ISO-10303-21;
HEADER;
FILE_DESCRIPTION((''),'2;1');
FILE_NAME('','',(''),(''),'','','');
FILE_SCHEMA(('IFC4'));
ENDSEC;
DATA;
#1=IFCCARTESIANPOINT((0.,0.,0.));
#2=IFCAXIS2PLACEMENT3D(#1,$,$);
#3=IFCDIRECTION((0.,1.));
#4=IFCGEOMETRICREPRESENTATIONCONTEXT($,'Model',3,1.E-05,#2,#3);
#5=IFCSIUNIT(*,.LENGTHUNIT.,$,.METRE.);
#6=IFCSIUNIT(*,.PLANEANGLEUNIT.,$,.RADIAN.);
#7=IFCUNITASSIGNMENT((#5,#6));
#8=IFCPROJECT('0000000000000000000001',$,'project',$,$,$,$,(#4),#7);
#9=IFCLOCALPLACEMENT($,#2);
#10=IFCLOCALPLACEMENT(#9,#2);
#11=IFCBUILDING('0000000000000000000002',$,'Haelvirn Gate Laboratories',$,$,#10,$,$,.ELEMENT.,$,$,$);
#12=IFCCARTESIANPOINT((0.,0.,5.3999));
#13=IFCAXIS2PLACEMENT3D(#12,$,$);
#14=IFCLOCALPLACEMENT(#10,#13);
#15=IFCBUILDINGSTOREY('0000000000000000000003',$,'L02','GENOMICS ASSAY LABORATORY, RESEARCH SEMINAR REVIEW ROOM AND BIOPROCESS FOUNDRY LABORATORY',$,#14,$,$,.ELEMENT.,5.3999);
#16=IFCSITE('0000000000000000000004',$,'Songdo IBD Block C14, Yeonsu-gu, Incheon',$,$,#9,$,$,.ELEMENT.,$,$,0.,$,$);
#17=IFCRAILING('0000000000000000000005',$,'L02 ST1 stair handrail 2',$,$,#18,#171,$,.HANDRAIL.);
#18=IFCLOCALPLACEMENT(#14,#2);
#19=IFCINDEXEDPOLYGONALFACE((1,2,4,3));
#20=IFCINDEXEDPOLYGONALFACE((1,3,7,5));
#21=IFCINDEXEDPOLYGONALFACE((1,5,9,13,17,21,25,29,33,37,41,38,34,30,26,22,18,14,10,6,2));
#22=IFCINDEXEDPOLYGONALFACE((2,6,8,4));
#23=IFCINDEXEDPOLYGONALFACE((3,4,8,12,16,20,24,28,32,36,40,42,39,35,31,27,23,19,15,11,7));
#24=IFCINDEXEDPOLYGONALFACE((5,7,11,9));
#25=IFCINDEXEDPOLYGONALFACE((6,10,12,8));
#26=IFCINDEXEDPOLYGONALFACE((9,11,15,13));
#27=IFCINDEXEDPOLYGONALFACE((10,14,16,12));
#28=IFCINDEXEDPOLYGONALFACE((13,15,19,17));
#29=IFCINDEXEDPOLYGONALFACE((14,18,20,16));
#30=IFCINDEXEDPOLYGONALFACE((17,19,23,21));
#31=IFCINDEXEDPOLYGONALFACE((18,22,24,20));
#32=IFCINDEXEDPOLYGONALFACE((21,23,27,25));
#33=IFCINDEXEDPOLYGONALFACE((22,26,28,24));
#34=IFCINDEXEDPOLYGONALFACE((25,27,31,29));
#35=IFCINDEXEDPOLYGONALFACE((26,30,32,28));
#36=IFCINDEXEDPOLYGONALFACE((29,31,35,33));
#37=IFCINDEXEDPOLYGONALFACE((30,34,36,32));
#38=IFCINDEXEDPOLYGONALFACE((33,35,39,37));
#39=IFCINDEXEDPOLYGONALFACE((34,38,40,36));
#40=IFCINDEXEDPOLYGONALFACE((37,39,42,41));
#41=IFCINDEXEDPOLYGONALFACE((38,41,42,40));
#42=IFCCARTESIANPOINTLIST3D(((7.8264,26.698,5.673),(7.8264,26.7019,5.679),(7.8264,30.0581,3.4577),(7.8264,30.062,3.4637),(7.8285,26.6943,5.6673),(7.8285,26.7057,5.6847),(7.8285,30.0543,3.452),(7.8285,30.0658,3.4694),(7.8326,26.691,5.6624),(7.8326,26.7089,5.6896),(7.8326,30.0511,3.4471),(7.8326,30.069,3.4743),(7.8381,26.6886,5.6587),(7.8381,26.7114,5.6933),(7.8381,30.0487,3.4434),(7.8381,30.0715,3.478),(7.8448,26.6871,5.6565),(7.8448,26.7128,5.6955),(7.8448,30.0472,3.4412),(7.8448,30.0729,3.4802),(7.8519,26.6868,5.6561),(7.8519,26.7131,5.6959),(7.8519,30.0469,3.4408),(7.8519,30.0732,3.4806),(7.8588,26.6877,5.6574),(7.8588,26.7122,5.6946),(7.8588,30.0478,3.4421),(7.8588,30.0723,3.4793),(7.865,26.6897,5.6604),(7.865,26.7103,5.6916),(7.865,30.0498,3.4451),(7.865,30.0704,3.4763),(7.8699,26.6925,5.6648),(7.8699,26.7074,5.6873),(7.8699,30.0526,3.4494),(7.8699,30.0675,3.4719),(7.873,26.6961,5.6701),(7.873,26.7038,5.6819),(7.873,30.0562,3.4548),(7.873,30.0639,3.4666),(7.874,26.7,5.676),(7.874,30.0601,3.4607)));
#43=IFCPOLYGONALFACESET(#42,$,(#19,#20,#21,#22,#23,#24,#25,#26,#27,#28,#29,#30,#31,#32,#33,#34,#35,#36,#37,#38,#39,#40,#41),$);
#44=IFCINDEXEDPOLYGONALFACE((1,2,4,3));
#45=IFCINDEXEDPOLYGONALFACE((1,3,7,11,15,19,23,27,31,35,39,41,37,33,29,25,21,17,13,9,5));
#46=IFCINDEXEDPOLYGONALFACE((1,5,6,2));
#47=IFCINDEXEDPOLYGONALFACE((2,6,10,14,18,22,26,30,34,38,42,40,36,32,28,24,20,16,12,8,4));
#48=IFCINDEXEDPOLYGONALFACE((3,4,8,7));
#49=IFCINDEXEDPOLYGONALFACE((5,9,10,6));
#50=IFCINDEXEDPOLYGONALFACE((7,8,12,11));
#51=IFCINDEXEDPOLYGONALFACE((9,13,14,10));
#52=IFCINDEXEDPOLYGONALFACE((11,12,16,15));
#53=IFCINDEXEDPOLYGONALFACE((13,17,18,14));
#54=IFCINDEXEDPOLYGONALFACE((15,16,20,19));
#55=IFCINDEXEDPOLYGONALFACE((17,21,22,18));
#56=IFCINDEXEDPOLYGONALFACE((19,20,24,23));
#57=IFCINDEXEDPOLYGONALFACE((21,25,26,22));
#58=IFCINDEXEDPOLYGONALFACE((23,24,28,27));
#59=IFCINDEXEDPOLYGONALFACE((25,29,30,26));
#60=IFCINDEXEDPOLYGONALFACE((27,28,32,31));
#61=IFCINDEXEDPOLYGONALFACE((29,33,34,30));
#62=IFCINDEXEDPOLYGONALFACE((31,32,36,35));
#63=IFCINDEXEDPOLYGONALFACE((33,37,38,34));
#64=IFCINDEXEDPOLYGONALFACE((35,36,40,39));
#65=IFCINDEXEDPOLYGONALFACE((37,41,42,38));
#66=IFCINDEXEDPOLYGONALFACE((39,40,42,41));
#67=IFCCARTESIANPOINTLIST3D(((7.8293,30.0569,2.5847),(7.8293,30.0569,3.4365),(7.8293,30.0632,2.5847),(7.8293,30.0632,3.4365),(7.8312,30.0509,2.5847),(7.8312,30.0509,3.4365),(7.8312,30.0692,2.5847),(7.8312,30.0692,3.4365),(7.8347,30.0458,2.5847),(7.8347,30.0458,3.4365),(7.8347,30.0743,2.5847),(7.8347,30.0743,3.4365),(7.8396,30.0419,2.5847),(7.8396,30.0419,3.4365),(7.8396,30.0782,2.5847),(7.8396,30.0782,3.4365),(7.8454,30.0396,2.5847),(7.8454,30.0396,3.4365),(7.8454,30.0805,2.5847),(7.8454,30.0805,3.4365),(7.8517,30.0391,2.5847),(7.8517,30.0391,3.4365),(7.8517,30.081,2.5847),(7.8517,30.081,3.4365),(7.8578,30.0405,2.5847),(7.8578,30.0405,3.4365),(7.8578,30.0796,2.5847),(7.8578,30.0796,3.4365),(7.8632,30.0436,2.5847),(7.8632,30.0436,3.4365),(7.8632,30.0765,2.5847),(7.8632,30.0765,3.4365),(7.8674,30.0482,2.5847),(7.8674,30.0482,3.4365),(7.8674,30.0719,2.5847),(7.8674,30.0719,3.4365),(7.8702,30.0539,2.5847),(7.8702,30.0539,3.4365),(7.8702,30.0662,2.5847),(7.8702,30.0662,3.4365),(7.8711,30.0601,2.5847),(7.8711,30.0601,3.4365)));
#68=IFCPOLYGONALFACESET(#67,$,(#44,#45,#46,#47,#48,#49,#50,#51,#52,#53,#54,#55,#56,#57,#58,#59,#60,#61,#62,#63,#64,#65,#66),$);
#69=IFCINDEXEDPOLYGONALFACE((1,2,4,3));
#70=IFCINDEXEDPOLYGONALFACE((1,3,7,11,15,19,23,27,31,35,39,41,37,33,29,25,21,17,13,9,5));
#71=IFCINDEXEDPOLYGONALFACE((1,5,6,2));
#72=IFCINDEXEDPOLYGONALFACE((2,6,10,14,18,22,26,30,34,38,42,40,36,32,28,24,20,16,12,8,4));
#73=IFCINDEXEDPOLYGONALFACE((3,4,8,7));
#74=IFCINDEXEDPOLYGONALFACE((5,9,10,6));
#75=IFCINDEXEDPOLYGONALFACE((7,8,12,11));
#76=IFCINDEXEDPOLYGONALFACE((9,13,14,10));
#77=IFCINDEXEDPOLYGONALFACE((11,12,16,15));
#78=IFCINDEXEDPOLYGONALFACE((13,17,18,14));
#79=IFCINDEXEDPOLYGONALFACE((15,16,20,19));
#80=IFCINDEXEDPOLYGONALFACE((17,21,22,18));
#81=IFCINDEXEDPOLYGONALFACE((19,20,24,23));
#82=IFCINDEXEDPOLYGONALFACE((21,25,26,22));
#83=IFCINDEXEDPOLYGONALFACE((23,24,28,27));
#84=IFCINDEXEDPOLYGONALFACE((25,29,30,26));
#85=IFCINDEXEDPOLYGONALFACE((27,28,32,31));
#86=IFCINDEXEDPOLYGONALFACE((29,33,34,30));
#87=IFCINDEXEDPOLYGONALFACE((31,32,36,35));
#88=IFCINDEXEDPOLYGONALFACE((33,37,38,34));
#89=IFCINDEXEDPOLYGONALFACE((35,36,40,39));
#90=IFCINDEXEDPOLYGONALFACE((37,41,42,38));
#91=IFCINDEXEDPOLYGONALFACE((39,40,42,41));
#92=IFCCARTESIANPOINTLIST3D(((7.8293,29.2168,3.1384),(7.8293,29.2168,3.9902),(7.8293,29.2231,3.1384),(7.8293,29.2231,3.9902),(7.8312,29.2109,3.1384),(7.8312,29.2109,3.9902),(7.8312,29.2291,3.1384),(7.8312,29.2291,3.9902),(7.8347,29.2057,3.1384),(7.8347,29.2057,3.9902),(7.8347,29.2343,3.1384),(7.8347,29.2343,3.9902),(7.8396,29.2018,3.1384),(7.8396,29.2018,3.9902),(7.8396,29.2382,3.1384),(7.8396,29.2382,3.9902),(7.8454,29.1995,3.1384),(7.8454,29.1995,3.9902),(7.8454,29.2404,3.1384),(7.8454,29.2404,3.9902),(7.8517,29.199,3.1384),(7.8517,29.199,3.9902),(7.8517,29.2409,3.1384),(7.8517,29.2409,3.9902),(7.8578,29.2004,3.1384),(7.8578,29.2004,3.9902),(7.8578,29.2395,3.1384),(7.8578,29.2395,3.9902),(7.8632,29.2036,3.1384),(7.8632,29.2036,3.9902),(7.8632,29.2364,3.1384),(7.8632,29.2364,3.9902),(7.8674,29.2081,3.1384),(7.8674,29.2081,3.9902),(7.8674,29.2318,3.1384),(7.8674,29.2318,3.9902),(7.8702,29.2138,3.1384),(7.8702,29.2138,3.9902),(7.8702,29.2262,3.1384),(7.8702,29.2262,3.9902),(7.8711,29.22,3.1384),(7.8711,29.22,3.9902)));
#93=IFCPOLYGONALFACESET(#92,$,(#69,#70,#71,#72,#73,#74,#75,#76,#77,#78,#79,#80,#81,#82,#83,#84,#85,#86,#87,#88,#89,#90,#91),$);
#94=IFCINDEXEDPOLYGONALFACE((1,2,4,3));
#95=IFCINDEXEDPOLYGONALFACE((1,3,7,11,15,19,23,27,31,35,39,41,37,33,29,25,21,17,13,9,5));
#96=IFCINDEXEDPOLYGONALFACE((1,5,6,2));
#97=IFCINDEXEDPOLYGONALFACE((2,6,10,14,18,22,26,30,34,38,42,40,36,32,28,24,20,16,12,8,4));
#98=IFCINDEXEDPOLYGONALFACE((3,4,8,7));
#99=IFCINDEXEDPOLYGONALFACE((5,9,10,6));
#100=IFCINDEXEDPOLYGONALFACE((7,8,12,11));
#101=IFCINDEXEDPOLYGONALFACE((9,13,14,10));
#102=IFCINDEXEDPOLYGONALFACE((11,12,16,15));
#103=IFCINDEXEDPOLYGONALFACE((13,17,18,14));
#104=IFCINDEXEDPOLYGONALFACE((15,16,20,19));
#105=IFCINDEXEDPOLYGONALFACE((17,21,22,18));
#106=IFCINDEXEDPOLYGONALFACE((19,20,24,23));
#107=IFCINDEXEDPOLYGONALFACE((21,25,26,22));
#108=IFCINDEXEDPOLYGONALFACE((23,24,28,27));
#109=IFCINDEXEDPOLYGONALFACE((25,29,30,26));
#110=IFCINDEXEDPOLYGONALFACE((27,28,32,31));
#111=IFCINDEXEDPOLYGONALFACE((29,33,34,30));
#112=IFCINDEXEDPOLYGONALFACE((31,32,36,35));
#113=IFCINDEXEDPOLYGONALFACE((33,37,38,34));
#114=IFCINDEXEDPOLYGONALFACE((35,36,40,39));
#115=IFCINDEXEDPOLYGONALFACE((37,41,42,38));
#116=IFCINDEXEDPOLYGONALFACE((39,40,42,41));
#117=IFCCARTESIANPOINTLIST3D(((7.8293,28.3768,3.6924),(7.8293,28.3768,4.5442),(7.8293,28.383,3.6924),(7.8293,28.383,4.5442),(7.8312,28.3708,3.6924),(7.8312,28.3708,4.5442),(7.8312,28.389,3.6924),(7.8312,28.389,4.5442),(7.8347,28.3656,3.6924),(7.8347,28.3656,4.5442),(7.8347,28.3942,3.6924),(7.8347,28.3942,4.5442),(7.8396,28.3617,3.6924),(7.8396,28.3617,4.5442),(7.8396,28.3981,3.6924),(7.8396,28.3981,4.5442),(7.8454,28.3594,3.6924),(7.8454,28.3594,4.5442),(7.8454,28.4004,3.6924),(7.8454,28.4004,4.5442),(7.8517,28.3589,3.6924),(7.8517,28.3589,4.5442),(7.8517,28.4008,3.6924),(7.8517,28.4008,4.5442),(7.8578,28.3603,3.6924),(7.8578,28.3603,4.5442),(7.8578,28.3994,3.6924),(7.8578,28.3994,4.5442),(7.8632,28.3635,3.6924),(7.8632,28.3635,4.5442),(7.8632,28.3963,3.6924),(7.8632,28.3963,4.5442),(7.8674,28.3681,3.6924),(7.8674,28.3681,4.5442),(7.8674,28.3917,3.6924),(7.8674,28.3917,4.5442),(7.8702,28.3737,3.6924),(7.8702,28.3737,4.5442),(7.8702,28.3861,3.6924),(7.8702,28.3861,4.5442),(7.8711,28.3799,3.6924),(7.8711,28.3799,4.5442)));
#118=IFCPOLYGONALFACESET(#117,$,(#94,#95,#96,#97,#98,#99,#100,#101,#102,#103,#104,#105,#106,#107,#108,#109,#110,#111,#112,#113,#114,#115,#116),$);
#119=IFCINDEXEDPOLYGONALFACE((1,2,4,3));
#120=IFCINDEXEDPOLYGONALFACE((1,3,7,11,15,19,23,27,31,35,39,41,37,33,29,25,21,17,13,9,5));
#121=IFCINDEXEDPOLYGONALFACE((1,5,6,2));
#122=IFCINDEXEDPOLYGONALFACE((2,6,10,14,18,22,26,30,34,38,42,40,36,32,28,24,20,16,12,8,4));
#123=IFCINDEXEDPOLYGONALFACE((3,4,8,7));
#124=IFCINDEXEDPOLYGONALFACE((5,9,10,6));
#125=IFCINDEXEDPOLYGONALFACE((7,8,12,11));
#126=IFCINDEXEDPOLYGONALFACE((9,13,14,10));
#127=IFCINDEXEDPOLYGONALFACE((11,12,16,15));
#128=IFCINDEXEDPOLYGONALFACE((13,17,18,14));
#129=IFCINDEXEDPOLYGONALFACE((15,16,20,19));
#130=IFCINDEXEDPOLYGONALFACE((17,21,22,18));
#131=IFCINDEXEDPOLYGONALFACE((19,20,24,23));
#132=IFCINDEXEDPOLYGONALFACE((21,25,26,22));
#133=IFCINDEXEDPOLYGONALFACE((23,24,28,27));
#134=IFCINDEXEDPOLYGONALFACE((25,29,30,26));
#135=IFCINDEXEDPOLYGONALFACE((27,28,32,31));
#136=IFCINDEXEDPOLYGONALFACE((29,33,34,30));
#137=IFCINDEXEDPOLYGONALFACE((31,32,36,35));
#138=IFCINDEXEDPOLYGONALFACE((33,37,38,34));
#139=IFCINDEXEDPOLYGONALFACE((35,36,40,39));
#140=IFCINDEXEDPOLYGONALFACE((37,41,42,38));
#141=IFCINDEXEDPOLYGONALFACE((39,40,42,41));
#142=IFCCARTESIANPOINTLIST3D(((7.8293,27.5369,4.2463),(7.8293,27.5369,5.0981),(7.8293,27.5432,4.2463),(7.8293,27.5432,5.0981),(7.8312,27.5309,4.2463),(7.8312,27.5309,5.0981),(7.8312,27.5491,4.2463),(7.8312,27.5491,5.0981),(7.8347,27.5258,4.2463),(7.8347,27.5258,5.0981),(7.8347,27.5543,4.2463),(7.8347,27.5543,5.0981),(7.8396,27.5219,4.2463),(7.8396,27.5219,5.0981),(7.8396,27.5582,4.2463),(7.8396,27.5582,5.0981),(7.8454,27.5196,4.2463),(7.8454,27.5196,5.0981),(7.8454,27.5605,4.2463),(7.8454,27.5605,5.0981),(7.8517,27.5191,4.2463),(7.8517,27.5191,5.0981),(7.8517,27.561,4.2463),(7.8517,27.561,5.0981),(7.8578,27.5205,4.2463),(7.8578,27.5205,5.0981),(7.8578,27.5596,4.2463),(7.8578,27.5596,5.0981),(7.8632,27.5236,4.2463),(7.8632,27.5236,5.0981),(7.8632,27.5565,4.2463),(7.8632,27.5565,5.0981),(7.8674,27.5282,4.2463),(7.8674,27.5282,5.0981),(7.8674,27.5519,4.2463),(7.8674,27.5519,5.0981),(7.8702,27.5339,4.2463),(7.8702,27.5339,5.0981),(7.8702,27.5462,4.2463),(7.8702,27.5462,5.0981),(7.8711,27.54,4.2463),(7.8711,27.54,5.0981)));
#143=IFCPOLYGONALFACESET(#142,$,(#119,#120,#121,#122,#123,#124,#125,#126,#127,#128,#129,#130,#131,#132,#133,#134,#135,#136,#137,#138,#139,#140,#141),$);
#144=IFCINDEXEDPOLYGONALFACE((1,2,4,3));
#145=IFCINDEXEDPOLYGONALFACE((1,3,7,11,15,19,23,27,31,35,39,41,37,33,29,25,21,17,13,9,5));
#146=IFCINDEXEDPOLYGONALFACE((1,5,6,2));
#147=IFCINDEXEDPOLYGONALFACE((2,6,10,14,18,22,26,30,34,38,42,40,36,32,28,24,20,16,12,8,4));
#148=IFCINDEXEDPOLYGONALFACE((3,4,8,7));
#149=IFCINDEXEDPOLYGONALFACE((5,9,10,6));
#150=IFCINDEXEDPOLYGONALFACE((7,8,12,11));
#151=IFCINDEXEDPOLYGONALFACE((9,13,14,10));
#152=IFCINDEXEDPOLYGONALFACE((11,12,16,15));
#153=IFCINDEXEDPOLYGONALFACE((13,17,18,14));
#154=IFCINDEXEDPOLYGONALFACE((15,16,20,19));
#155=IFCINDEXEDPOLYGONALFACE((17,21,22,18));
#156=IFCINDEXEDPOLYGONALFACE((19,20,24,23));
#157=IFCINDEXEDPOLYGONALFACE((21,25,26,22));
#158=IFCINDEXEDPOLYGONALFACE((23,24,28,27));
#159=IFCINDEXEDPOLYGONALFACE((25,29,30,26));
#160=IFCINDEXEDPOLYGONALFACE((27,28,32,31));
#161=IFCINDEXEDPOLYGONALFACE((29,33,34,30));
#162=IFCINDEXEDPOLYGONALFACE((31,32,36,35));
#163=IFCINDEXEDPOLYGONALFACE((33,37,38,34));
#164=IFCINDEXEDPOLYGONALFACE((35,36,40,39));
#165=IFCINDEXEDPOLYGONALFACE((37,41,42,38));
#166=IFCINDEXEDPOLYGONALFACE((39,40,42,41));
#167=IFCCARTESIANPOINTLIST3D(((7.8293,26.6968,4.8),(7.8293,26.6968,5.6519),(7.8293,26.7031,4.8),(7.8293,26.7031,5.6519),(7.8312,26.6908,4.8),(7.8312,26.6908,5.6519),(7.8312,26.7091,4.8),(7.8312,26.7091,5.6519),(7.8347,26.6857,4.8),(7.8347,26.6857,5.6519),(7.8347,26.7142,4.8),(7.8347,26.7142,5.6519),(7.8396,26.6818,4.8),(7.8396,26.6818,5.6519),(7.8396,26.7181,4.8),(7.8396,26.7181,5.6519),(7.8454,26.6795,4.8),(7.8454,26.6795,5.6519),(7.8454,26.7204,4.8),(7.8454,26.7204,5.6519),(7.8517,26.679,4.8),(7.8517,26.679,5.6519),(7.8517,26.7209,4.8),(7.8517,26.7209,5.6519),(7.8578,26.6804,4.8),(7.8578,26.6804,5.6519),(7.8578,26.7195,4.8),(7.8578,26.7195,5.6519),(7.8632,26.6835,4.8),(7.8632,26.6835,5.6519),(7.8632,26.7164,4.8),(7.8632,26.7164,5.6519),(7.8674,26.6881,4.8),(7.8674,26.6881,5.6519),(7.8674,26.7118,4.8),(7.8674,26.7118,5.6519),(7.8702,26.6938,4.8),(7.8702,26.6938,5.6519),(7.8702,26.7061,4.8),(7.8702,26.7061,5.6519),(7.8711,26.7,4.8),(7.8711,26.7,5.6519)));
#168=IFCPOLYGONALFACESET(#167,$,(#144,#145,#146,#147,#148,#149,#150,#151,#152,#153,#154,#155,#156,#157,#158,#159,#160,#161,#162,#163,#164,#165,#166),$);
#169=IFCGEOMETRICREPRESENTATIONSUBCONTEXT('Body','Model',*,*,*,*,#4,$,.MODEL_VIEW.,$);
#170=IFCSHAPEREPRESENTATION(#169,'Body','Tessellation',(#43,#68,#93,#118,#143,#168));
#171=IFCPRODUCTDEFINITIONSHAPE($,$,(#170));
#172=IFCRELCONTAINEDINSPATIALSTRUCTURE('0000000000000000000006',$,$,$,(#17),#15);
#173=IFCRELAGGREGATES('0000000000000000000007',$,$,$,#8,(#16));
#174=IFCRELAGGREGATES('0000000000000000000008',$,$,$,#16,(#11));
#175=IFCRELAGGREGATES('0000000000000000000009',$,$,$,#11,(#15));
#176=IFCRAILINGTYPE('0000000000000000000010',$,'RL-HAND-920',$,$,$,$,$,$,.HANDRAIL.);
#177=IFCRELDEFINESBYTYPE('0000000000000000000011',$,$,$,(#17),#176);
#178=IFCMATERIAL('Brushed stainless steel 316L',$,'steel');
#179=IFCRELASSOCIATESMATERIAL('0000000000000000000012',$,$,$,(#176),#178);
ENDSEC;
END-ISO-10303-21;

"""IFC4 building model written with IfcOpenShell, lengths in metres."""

from ifc_helpers import new_model, si_unit, direction, frame, origin, origin_2d, place, context, subcontext, project, spatial, circle, extrude, source, transform, mapped, material, type_object, type_shapes, element, save


model = new_model("IFC4")

# Units and contexts
model_context = context("Model", 3, precision=1e-05, world=origin(), true_north=direction((0.0, 1.0)))
body_context = subcontext(model_context, "Body", "Model", "MODEL_VIEW")
ifc_project = project(units=[si_unit("LENGTHUNIT", "METRE"), si_unit("PLANEANGLEUNIT", "RADIAN")], contexts=[model_context])

# Site, building, storey
site_placement = place(None, origin())
site = spatial("IfcSite", under=ifc_project, at=site_placement, Name="Songdo IBD Block C14, Yeonsu-gu, Incheon", CompositionType="ELEMENT", RefElevation=0.0)
building_placement = place(site_placement, origin())
building = spatial("IfcBuilding", under=site, at=building_placement, Name="Haelvirn Gate Laboratories", CompositionType="ELEMENT")
storey_placement = place(building_placement, frame((0.0, 0.0, 5.3999)))
storey = spatial("IfcBuildingStorey", under=building, at=storey_placement, Name="L02", Description="GENOMICS ASSAY LABORATORY, RESEARCH SEMINAR REVIEW ROOM AND BIOPROCESS FOUNDRY LABORATORY", CompositionType="ELEMENT", Elevation=5.3999)

# Railing
ifc_material_1 = material(Name="Brushed stainless steel 316L", Category="steel")
railing_type_1 = type_object("IfcRailingType", Name="RL-HAND-920", PredefinedType="HANDRAIL", material=ifc_material_1)
shared_shape_1 = source(origin(), body_context, "Body", "SweptSolid", [
    extrude(circle(Radius=0.0239, at=origin_2d()), frame((0.0, 0.0, 0.876), z_axis=(0.0, -0.834876, 0.550437), x_axis=(1.0, 0.0, 0.0)), (0.0, 0.0, 1.0), 4.0247),
    extrude(circle(Radius=0.021, at=origin_2d()), origin(), (0.0, 0.0, 1.0), 0.8518),
    extrude(circle(Radius=0.021, at=origin_2d()), frame((0.0, -0.8401, 0.5537)), (0.0, 0.0, 1.0), 0.8518),
    extrude(circle(Radius=0.021, at=origin_2d()), frame((0.0, -1.6802, 1.1077)), (0.0, 0.0, 1.0), 0.8518),
    extrude(circle(Radius=0.021, at=origin_2d()), frame((0.0, -2.52, 1.6616)), (0.0, 0.0, 1.0), 0.8518),
    extrude(circle(Radius=0.021, at=origin_2d()), frame((0.0, -3.3601, 2.2153)), (0.0, 0.0, 1.0), 0.8518),
])
type_shapes(railing_type_1, [shared_shape_1])
railing_1_placement = place(storey_placement, frame((7.8501, 30.0601, 2.5847)))
element("IfcRailing", 1, at=railing_1_placement, inside=storey, type_object=railing_type_1, Name="L02 ST1 stair handrail 2", PredefinedType="HANDRAIL", context=body_context, shape_type="MappedRepresentation", body=[
    mapped(shared_shape_1, transform((0.0, 0.0, 0.0), scale=1.0)),
])

save(model, "model.ifc")
